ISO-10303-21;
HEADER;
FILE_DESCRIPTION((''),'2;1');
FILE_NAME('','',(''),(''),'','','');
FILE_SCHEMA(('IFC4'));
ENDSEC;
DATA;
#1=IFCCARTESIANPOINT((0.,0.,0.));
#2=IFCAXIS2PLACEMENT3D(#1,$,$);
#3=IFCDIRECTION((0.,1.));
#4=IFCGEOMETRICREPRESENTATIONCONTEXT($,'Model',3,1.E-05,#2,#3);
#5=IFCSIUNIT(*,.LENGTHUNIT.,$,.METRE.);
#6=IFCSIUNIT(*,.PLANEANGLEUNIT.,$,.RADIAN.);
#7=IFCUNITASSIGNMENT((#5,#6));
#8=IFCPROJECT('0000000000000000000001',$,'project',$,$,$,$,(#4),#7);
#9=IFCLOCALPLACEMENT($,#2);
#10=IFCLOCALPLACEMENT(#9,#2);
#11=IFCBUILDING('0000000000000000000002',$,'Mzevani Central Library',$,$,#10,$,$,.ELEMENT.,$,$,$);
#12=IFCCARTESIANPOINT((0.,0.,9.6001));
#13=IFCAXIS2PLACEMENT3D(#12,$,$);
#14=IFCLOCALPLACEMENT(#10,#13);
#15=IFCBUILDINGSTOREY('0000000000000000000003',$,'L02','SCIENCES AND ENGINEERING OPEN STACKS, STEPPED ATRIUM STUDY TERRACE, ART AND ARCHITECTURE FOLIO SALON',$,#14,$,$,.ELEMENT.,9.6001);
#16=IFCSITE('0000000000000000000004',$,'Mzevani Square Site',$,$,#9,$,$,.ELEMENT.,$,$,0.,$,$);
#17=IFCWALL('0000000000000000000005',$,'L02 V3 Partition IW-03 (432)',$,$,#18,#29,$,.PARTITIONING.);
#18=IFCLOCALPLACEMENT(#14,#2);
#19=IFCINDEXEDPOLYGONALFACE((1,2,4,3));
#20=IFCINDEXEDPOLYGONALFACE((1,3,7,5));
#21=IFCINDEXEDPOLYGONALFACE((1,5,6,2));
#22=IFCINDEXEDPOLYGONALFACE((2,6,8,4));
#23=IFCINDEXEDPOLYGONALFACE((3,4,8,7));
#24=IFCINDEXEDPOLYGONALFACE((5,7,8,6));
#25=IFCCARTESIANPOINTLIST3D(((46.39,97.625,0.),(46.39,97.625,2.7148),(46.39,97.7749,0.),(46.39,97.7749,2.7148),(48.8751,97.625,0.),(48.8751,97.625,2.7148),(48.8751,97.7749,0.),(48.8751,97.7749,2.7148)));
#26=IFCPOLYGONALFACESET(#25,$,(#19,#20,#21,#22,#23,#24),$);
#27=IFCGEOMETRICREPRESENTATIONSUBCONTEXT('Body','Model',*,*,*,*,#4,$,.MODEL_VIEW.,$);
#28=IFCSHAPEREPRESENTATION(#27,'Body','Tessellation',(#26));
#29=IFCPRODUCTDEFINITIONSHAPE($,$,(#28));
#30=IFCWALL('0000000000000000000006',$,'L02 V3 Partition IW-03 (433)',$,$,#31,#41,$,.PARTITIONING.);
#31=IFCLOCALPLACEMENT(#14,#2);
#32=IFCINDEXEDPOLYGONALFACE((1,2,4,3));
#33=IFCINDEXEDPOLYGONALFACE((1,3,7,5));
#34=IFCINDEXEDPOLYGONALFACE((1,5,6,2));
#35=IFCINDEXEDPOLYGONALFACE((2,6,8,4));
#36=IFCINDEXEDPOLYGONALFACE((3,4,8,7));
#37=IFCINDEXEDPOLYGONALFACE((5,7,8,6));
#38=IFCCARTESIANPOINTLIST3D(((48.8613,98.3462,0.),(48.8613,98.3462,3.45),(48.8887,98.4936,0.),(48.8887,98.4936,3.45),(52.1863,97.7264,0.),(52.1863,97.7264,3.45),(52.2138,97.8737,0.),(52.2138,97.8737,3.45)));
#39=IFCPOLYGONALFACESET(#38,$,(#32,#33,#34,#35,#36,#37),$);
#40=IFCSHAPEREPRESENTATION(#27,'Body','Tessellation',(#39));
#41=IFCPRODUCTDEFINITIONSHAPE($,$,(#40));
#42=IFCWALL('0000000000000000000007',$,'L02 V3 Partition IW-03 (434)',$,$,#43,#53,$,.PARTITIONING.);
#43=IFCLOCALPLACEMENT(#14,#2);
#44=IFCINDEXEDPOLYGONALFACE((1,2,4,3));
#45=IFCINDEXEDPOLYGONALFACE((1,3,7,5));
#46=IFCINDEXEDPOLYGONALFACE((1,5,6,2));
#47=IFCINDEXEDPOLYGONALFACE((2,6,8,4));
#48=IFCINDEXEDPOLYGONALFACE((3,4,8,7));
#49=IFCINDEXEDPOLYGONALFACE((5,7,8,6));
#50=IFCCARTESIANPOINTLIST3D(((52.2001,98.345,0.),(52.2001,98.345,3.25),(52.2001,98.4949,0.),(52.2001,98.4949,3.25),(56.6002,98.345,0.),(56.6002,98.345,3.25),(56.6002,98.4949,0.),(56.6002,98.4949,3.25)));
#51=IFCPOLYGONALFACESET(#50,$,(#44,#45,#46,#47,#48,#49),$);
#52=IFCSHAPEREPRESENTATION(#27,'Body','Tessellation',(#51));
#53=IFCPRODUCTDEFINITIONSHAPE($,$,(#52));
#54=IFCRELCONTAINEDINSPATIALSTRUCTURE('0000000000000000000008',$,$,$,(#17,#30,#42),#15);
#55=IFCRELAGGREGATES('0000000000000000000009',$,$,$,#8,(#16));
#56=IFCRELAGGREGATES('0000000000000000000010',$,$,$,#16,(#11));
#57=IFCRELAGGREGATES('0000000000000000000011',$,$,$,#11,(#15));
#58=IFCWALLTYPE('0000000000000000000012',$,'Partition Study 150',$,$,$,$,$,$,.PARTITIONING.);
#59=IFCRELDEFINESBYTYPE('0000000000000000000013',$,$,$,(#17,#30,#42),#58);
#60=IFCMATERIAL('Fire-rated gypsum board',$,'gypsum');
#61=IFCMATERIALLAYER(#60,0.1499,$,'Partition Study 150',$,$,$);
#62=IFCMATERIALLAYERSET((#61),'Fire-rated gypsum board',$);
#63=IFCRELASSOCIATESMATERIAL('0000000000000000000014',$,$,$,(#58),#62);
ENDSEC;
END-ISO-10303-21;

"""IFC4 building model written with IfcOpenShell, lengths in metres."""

from ifc_helpers import new_model, si_unit, direction, frame, frame_2d, origin, place, context, subcontext, project, spatial, rectangle, extrude, material, layer, layer_set, type_object, element, save


model = new_model("IFC4")

# Units and contexts
model_context = context("Model", 3, precision=1e-05, world=origin(), true_north=direction((0.0, 1.0)))
body_context = subcontext(model_context, "Body", "Model", "MODEL_VIEW")
ifc_project = project(units=[si_unit("LENGTHUNIT", "METRE"), si_unit("PLANEANGLEUNIT", "RADIAN")], contexts=[model_context])

# Site, building, storey
site_placement = place(None, origin())
site = spatial("IfcSite", under=ifc_project, at=site_placement, Name="Mzevani Square Site", CompositionType="ELEMENT", RefElevation=0.0)
building_placement = place(site_placement, origin())
building = spatial("IfcBuilding", under=site, at=building_placement, Name="Mzevani Central Library", CompositionType="ELEMENT")
storey_placement = place(building_placement, frame((0.0, 0.0, 9.6001)))
storey = spatial("IfcBuildingStorey", under=building, at=storey_placement, Name="L02", Description="SCIENCES AND ENGINEERING OPEN STACKS, STEPPED ATRIUM STUDY TERRACE, ART AND ARCHITECTURE FOLIO SALON", CompositionType="ELEMENT", Elevation=9.6001)

# Walls
ifc_material_1 = material(Name="Fire-rated gypsum board", Category="gypsum")
ifc_layer_1 = layer(ifc_material_1, 0.1499, Name="Partition Study 150")
ifc_layer_set_1 = layer_set([ifc_layer_1], Name="Fire-rated gypsum board")
wall_type_1 = type_object("IfcWallType", Name="Partition Study 150", PredefinedType="PARTITIONING", material=ifc_layer_set_1)
wall_1_placement = place(storey_placement, frame((46.3899, 97.7, 0.0), z_axis=(0.0, 0.0, 1.0), x_axis=(1.0, 0.0, 0.0)))
element("IfcWall", 1, at=wall_1_placement, inside=storey, type_object=wall_type_1, Name="L02 V3 Partition IW-03 (432)", PredefinedType="PARTITIONING", context=body_context, shape_type="SweptSolid", body=[
    extrude(rectangle(XDim=2.4851, YDim=0.1499, at=frame_2d((1.2427, 0.0))), origin(), (0.0, 0.0, 1.0), 2.7148),
])
wall_2_placement = place(storey_placement, frame((48.875, 98.4199, 0.0), z_axis=(0.0, 0.0, 1.0), x_axis=(0.983062, -0.183273, 0.0)))
element("IfcWall", 2, at=wall_2_placement, inside=storey, type_object=wall_type_1, Name="L02 V3 Partition IW-03 (433)", PredefinedType="PARTITIONING", context=body_context, shape_type="SweptSolid", body=[
    extrude(rectangle(XDim=3.3823, YDim=0.1499, at=frame_2d((1.6912, 0.0))), origin(), (0.0, 0.0, 1.0), 3.45),
])
wall_3_placement = place(storey_placement, frame((52.2, 98.4199, 0.0), z_axis=(0.0, 0.0, 1.0), x_axis=(1.0, 0.0, 0.0)))
element("IfcWall", 3, at=wall_3_placement, inside=storey, type_object=wall_type_1, Name="L02 V3 Partition IW-03 (434)", PredefinedType="PARTITIONING", context=body_context, shape_type="SweptSolid", body=[
    extrude(rectangle(XDim=4.4001, YDim=0.1499, at=frame_2d((2.2002, 0.0))), origin(), (0.0, 0.0, 1.0), 3.25),
])

save(model, "model.ifc")
